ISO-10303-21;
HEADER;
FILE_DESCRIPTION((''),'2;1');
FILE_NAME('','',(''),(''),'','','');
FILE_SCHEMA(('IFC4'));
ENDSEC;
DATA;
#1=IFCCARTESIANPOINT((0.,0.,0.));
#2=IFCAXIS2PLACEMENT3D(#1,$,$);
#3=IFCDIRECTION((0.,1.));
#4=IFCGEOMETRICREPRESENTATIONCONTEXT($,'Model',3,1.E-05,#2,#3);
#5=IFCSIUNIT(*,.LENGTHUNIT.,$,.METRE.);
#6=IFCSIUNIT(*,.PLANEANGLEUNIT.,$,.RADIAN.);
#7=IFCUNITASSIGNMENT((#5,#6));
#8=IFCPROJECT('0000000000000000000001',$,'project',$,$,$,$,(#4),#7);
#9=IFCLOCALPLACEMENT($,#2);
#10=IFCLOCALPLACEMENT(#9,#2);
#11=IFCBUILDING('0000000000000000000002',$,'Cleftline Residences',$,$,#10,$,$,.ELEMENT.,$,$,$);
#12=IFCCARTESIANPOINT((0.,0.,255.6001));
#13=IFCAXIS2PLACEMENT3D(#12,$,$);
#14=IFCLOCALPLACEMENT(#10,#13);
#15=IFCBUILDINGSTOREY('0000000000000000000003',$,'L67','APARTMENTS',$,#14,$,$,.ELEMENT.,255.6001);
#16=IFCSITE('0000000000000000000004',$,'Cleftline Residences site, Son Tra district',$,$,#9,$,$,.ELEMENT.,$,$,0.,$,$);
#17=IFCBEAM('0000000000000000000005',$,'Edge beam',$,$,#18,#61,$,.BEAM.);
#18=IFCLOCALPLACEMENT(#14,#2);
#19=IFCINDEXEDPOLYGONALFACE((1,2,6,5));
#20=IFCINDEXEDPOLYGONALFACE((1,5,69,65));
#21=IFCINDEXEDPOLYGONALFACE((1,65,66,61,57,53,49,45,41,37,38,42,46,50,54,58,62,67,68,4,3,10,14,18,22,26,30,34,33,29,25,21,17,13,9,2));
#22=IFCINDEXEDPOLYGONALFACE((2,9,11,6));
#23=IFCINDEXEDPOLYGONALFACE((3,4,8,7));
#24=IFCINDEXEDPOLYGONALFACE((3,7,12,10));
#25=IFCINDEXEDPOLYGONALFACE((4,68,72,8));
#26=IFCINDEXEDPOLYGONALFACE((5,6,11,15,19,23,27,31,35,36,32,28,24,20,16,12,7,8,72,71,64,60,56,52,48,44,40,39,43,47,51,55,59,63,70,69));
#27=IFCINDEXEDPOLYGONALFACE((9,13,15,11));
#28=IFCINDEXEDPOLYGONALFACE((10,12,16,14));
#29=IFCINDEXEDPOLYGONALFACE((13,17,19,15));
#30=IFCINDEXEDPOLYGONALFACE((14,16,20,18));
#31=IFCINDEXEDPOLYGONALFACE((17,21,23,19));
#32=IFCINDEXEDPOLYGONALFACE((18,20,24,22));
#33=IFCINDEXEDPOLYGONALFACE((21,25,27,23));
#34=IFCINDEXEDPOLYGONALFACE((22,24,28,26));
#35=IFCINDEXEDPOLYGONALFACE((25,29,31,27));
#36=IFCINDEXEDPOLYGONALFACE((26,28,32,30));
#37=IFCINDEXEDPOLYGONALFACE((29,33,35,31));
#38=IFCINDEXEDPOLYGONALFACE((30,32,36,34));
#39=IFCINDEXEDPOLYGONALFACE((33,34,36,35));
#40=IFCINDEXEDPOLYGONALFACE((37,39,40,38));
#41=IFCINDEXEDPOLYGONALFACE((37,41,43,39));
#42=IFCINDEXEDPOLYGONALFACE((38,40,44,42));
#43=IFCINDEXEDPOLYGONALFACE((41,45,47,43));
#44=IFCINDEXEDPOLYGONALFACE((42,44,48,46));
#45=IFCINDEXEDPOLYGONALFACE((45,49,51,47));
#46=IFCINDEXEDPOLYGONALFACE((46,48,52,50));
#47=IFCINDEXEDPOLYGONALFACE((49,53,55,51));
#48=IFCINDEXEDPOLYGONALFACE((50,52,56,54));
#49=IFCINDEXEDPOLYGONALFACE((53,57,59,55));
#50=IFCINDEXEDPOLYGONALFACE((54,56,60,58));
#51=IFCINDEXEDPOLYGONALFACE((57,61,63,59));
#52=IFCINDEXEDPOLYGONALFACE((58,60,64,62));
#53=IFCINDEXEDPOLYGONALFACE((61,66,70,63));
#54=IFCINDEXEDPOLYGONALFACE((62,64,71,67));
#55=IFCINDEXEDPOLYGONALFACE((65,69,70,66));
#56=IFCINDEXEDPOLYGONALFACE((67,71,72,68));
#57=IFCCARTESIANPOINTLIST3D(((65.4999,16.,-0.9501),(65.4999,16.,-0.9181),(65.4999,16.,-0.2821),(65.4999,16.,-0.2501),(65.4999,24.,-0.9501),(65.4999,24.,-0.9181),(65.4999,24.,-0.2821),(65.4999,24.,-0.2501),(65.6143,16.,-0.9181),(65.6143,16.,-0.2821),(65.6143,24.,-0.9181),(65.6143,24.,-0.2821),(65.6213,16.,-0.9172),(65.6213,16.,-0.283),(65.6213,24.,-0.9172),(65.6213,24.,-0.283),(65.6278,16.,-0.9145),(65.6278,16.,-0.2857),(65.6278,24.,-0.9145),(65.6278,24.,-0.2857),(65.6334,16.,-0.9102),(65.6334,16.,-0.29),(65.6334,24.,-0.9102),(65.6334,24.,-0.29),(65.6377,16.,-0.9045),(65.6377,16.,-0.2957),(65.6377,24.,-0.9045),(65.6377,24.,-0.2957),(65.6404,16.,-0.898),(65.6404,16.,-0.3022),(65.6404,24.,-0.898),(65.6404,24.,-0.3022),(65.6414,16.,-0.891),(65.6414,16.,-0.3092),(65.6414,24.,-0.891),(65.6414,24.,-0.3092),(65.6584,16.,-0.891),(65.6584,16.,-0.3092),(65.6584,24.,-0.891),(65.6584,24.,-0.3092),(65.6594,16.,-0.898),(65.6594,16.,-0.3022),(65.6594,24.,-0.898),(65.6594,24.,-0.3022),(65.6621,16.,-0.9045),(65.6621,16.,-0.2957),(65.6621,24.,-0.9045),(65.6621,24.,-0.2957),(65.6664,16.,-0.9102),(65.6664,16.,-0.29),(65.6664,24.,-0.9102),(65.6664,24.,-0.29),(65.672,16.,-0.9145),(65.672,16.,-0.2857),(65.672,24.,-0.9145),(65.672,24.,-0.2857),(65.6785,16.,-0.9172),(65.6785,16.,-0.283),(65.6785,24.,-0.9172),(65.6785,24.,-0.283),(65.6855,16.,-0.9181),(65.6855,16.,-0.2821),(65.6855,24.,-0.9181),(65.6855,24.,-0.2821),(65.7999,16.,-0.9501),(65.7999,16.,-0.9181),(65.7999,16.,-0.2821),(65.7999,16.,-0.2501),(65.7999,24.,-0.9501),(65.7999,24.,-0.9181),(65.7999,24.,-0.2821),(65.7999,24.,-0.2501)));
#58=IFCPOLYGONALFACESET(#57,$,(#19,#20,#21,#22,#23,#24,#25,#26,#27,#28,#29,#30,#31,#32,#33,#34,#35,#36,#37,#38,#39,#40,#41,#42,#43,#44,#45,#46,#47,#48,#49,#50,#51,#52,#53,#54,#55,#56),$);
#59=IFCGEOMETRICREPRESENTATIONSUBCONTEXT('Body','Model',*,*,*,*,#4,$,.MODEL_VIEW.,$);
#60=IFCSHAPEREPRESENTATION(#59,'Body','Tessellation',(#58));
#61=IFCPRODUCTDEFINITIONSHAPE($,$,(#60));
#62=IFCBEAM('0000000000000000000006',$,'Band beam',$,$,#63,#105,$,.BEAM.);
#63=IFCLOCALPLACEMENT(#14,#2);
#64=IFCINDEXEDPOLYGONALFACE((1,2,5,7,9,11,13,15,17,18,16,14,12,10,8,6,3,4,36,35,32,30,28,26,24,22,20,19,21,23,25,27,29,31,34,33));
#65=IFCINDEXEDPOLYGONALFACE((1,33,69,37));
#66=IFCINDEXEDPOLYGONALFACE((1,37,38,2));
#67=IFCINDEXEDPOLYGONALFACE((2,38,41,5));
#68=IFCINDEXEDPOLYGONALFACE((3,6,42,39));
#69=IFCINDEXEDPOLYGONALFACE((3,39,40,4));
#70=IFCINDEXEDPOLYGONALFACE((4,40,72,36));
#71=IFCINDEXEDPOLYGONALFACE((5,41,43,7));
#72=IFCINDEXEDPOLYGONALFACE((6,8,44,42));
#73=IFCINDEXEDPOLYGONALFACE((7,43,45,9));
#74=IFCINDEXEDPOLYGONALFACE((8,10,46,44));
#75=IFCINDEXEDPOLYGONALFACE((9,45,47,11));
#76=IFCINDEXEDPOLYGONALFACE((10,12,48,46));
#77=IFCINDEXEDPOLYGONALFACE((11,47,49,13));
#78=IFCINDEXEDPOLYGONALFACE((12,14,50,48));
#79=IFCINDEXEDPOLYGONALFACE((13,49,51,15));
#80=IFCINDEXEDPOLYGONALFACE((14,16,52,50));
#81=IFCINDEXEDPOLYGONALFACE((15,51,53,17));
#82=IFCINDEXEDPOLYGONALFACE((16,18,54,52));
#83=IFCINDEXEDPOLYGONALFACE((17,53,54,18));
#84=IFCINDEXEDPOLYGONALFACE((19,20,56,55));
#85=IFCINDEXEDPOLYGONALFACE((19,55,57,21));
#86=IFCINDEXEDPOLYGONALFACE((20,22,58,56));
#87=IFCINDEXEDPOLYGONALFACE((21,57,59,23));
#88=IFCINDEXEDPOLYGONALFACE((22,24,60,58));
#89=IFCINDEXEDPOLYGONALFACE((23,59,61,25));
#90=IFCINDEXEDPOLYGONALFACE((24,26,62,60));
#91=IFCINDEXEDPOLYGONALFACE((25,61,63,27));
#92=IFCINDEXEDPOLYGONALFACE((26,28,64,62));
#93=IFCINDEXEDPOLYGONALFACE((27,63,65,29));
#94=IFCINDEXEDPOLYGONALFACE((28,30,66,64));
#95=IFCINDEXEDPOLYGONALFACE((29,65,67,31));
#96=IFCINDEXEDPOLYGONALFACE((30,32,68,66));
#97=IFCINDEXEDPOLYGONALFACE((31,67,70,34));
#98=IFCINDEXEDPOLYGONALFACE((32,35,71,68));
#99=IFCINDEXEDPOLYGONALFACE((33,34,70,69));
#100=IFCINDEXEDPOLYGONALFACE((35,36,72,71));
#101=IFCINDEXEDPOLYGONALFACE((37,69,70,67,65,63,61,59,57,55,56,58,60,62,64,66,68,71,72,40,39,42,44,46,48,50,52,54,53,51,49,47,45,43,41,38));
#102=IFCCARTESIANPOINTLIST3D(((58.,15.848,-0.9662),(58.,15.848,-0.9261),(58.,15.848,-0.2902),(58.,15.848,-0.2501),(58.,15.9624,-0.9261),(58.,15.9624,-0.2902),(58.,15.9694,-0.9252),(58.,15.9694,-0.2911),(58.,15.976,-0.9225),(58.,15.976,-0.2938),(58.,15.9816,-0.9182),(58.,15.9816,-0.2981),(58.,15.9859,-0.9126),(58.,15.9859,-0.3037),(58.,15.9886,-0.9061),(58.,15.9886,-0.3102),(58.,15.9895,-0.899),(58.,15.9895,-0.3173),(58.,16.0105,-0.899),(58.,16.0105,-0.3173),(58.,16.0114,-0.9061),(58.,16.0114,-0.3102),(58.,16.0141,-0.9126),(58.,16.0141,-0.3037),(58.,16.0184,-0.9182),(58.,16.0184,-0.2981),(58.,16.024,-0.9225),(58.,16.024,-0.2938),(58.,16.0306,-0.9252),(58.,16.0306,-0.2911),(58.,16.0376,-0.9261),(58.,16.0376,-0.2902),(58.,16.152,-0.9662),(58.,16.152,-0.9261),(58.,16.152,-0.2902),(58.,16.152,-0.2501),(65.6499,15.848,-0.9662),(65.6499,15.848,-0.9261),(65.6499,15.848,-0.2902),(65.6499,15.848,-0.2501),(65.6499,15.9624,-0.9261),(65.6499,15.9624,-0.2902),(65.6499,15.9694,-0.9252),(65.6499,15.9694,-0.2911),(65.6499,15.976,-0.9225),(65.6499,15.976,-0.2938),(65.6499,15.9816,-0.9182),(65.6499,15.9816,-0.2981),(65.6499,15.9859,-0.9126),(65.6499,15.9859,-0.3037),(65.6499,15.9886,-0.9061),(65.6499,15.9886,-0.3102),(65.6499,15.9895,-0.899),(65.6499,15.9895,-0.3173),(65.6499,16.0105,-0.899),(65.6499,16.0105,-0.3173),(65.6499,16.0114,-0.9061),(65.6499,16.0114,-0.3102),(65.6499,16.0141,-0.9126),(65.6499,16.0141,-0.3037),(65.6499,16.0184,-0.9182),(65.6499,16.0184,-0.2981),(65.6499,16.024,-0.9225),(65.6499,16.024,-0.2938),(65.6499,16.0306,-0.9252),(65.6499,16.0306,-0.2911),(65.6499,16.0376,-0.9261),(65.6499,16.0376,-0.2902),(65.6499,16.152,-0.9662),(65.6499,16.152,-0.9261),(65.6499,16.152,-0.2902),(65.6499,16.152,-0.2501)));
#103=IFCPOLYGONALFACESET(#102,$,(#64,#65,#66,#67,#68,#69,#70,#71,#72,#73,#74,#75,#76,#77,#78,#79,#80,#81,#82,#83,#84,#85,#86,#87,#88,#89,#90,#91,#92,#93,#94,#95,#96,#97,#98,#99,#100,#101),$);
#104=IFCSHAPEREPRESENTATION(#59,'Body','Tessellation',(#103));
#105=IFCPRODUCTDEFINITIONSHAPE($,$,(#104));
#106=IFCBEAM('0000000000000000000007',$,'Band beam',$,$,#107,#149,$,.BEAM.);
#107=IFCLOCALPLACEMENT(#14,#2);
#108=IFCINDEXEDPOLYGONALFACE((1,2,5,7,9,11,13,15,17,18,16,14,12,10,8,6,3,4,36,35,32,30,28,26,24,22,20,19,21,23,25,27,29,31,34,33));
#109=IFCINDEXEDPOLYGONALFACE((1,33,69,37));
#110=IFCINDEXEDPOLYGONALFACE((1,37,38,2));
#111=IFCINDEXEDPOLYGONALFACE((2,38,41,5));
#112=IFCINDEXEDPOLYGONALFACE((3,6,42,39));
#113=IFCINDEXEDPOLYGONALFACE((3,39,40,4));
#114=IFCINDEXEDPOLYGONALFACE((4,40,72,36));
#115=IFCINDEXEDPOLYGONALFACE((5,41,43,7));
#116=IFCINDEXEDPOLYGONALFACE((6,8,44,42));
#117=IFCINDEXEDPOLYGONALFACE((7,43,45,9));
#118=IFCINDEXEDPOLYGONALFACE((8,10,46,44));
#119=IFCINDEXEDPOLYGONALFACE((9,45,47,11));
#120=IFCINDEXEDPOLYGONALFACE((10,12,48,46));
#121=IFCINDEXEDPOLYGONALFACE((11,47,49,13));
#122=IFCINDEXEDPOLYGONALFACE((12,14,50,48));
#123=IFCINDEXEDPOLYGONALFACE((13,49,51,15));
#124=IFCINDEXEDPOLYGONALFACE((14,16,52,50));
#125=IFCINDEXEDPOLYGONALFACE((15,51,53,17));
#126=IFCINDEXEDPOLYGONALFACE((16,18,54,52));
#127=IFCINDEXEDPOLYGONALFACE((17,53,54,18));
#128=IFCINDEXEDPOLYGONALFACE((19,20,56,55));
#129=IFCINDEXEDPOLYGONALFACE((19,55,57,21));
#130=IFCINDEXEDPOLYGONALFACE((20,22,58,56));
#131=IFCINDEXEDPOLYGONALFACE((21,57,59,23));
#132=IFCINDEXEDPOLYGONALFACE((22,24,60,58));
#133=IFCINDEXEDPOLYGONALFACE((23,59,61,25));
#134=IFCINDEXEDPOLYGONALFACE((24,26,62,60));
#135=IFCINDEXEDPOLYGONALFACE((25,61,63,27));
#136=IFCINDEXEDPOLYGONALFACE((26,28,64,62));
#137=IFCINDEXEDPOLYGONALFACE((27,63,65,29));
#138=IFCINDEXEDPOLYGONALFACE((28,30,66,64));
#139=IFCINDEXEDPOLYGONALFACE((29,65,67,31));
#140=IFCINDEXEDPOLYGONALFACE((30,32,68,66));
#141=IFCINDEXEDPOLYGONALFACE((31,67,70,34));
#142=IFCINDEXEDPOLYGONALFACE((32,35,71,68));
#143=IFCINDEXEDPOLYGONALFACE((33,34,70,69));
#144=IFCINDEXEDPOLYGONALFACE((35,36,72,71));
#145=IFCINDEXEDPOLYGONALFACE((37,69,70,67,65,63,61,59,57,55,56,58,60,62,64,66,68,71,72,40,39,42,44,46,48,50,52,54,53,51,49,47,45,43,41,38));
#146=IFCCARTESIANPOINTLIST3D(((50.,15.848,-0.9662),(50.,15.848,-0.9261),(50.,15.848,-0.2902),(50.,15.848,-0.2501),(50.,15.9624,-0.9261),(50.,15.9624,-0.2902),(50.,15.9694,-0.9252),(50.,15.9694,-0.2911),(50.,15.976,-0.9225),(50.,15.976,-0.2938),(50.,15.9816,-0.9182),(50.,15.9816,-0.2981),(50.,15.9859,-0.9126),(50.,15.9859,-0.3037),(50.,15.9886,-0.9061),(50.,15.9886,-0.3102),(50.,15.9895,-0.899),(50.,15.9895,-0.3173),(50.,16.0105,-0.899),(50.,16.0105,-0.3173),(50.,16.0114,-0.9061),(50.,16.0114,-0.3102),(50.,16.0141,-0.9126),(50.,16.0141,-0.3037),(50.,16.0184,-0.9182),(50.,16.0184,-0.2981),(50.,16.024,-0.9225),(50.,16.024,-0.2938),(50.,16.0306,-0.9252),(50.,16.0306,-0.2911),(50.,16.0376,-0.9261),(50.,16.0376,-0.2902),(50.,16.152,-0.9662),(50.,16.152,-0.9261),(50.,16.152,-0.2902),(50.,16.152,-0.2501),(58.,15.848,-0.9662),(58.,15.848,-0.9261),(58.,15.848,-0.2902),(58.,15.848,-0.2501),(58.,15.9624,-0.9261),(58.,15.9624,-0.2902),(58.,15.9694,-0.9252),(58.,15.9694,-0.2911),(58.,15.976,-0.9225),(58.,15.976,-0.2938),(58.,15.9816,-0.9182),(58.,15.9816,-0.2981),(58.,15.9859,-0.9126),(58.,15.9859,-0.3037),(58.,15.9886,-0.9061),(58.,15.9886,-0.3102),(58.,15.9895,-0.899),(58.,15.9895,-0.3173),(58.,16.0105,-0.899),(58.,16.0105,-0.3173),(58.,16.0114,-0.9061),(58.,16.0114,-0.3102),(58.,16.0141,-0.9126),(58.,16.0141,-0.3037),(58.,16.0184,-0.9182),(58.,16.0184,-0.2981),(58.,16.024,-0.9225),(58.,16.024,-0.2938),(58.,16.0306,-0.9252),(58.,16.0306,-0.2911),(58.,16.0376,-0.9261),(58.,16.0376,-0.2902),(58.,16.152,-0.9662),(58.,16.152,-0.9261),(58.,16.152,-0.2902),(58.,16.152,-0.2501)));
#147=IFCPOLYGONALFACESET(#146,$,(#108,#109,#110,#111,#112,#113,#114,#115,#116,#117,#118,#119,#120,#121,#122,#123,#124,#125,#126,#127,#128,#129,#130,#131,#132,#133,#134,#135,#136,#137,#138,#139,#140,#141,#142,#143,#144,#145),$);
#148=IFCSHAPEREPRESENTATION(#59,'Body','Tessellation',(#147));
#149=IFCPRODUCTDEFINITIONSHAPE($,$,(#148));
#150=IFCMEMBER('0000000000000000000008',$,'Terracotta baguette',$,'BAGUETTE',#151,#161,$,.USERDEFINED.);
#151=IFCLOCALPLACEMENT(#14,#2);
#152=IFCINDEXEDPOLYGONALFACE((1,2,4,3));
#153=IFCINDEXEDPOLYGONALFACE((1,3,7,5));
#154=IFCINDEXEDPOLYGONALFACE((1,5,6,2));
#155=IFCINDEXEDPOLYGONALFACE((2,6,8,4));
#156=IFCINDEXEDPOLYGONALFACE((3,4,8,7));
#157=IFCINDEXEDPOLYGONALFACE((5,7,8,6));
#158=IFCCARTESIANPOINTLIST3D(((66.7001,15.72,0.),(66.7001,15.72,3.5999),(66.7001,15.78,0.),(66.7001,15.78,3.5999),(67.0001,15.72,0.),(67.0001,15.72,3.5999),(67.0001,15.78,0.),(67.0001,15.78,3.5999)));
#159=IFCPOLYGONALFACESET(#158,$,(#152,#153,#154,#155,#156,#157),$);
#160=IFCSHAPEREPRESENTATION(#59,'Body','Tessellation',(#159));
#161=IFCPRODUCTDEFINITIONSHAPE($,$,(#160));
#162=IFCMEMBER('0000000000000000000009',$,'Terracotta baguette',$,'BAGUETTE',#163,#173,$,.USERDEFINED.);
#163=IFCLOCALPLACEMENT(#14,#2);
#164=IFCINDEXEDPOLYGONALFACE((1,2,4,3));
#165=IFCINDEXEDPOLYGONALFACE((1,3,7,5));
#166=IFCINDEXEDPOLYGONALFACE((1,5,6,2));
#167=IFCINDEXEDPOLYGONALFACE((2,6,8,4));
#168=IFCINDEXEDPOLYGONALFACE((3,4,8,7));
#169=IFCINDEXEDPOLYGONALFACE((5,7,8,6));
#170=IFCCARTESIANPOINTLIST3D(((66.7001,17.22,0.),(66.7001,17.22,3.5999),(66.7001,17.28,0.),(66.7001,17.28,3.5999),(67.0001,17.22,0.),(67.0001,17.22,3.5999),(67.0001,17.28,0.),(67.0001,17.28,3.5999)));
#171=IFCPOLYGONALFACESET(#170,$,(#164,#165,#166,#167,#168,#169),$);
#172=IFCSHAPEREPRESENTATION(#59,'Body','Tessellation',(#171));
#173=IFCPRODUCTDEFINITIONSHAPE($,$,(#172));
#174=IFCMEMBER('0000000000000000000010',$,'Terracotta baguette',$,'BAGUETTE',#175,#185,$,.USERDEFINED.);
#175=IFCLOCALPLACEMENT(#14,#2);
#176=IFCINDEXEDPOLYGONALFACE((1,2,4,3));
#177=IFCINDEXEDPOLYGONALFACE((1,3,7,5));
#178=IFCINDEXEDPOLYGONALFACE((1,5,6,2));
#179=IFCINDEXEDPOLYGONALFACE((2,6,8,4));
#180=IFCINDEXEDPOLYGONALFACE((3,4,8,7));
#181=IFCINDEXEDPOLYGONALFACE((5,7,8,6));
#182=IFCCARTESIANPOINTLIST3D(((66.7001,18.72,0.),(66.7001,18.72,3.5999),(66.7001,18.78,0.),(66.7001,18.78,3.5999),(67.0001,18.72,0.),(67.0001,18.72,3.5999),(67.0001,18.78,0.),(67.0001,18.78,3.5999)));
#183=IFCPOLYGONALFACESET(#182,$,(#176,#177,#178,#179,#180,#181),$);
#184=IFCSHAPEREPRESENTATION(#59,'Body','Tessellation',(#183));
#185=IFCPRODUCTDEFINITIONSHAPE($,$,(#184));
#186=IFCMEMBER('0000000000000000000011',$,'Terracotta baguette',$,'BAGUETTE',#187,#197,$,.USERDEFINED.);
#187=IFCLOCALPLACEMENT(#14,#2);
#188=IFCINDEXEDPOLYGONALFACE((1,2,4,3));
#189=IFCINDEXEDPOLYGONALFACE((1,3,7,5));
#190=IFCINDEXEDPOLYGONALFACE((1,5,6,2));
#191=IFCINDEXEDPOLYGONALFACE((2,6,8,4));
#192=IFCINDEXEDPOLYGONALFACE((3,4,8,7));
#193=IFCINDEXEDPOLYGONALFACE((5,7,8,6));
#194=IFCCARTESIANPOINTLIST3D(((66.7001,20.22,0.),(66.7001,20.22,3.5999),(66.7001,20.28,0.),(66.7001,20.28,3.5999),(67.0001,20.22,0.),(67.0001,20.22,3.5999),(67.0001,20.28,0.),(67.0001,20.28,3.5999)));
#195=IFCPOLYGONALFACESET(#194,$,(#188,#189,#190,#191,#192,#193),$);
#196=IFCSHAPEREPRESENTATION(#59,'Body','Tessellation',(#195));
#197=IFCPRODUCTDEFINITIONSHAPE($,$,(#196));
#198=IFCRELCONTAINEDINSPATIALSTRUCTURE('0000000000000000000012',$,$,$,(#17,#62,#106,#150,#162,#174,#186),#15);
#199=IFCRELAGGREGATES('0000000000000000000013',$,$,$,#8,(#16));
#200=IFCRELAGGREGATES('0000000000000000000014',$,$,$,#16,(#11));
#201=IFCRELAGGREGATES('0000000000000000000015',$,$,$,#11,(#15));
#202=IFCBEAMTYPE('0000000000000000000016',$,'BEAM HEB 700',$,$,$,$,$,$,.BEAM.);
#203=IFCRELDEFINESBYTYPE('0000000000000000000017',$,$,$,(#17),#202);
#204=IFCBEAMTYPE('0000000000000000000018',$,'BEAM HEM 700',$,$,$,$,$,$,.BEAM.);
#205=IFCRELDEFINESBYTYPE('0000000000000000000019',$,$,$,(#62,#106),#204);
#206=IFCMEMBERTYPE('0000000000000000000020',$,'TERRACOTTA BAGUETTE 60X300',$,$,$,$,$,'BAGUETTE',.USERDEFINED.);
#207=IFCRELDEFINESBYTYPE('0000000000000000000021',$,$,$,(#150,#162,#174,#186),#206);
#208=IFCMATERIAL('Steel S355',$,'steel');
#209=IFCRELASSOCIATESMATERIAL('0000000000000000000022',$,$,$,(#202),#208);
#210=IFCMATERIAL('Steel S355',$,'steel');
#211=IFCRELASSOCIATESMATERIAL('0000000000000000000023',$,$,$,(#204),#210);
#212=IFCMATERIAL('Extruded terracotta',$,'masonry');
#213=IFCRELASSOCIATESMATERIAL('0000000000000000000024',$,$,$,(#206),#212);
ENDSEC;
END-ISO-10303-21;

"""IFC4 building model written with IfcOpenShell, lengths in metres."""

from ifc_helpers import new_model, si_unit, direction, frame, origin, origin_2d, place, context, subcontext, project, spatial, rectangle, i_section, extrude, material, material_profile, profile_set, type_object, element, save


model = new_model("IFC4")

# Units and contexts
model_context = context("Model", 3, precision=1e-05, world=origin(), true_north=direction((0.0, 1.0)))
body_context = subcontext(model_context, "Body", "Model", "MODEL_VIEW")
ifc_project = project(units=[si_unit("LENGTHUNIT", "METRE"), si_unit("PLANEANGLEUNIT", "RADIAN")], contexts=[model_context])

# Site, building, storey
site_placement = place(None, origin())
site = spatial("IfcSite", under=ifc_project, at=site_placement, Name="Cleftline Residences site, Son Tra district", CompositionType="ELEMENT", RefElevation=0.0)
building_placement = place(site_placement, origin())
building = spatial("IfcBuilding", under=site, at=building_placement, Name="Cleftline Residences", CompositionType="ELEMENT")
storey_placement = place(building_placement, frame((0.0, 0.0, 255.6001)))
storey = spatial("IfcBuildingStorey", under=building, at=storey_placement, Name="L67", Description="APARTMENTS", CompositionType="ELEMENT", Elevation=255.6001)

# Beams
ifc_material_1 = material(Name="Steel S355", Category="steel")
ifc_material_profile_1 = material_profile(ifc_material_1, i_section(OverallWidth=0.3, OverallDepth=0.7, WebThickness=0.0171, FlangeThickness=0.032, FilletRadius=0.0271, at=origin_2d()))
ifc_profile_set_1 = profile_set([ifc_material_profile_1], Name="Steel S355")
beam_type_1 = type_object("IfcBeamType", Name="BEAM HEB 700", PredefinedType="BEAM", material=ifc_profile_set_1)
beam_1_placement = place(storey_placement, frame((65.6499, 16.0, -0.6001), z_axis=(0.0, 1.0, 0.0), x_axis=(-1.0, 0.0, 0.0)))
element("IfcBeam", 1, at=beam_1_placement, inside=storey, type_object=beam_type_1, Name="Edge beam", PredefinedType="BEAM", context=body_context, shape_type="SweptSolid", body=[
    extrude(i_section(OverallWidth=0.3, OverallDepth=0.7, WebThickness=0.0171, FlangeThickness=0.032, FilletRadius=0.0271, at=origin_2d()), origin(), (0.0, 0.0, 1.0), 8.0),
])
ifc_material_2 = material(Name="Steel S355", Category="steel")
ifc_material_profile_2 = material_profile(ifc_material_2, i_section(OverallWidth=0.304, OverallDepth=0.7161, WebThickness=0.021, FlangeThickness=0.04, FilletRadius=0.0271, at=origin_2d()))
ifc_profile_set_2 = profile_set([ifc_material_profile_2], Name="Steel S355")
beam_type_2 = type_object("IfcBeamType", Name="BEAM HEM 700", PredefinedType="BEAM", material=ifc_profile_set_2)
beam_2_placement = place(storey_placement, frame((65.6499, 16.0, -0.6082), z_axis=(-1.0, 0.0, 0.0), x_axis=(0.0, -1.0, 0.0)))
element("IfcBeam", 2, at=beam_2_placement, inside=storey, type_object=beam_type_2, Name="Band beam", PredefinedType="BEAM", context=body_context, shape_type="SweptSolid", body=[
    extrude(i_section(OverallWidth=0.304, OverallDepth=0.7161, WebThickness=0.021, FlangeThickness=0.04, FilletRadius=0.0271, at=origin_2d()), origin(), (0.0, 0.0, 1.0), 7.6499),
])
beam_3_placement = place(storey_placement, frame((58.0, 16.0, -0.6082), z_axis=(-1.0, 0.0, 0.0), x_axis=(0.0, -1.0, 0.0)))
element("IfcBeam", 3, at=beam_3_placement, inside=storey, type_object=beam_type_2, Name="Band beam", PredefinedType="BEAM", context=body_context, shape_type="SweptSolid", body=[
    extrude(i_section(OverallWidth=0.304, OverallDepth=0.7161, WebThickness=0.021, FlangeThickness=0.04, FilletRadius=0.0271, at=origin_2d()), origin(), (0.0, 0.0, 1.0), 8.0),
])

# Members
ifc_material_3 = material(Name="Extruded terracotta", Category="masonry")
ifc_material_profile_3 = material_profile(ifc_material_3, rectangle(XDim=0.0601, YDim=0.3, at=origin_2d()))
ifc_profile_set_3 = profile_set([ifc_material_profile_3], Name="Extruded terracotta")
member_type_1 = type_object("IfcMemberType", Name="TERRACOTTA BAGUETTE 60X300", ElementType="BAGUETTE", PredefinedType="USERDEFINED", material=ifc_profile_set_3)
for number, where, z_axis, x_axis, name in (
    (4, (66.8501, 15.75, 0.0), (0.0, 0.0, 1.0), (0.0, 1.0, 0.0), "Terracotta baguette"),
    (5, (66.8501, 17.25, 0.0), (0.0, 0.0, 1.0), (0.0, 1.0, 0.0), "Terracotta baguette"),
    (6, (66.8501, 18.75, 0.0), (0.0, 0.0, 1.0), (0.0, 1.0, 0.0), "Terracotta baguette"),
    (7, (66.8501, 20.25, 0.0), (0.0, 0.0, 1.0), (0.0, 1.0, 0.0), "Terracotta baguette"),
):
    element("IfcMember", number, at=place(storey_placement, frame(where, z_axis=z_axis, x_axis=x_axis)), inside=storey, type_object=member_type_1, Name=name, ObjectType="BAGUETTE", PredefinedType="USERDEFINED", context=body_context, shape_type="SweptSolid", body=[
        extrude(rectangle(XDim=0.0601, YDim=0.3, at=origin_2d()), origin(), (0.0, 0.0, 1.0), 3.5999),
    ])

save(model, "model.ifc")
